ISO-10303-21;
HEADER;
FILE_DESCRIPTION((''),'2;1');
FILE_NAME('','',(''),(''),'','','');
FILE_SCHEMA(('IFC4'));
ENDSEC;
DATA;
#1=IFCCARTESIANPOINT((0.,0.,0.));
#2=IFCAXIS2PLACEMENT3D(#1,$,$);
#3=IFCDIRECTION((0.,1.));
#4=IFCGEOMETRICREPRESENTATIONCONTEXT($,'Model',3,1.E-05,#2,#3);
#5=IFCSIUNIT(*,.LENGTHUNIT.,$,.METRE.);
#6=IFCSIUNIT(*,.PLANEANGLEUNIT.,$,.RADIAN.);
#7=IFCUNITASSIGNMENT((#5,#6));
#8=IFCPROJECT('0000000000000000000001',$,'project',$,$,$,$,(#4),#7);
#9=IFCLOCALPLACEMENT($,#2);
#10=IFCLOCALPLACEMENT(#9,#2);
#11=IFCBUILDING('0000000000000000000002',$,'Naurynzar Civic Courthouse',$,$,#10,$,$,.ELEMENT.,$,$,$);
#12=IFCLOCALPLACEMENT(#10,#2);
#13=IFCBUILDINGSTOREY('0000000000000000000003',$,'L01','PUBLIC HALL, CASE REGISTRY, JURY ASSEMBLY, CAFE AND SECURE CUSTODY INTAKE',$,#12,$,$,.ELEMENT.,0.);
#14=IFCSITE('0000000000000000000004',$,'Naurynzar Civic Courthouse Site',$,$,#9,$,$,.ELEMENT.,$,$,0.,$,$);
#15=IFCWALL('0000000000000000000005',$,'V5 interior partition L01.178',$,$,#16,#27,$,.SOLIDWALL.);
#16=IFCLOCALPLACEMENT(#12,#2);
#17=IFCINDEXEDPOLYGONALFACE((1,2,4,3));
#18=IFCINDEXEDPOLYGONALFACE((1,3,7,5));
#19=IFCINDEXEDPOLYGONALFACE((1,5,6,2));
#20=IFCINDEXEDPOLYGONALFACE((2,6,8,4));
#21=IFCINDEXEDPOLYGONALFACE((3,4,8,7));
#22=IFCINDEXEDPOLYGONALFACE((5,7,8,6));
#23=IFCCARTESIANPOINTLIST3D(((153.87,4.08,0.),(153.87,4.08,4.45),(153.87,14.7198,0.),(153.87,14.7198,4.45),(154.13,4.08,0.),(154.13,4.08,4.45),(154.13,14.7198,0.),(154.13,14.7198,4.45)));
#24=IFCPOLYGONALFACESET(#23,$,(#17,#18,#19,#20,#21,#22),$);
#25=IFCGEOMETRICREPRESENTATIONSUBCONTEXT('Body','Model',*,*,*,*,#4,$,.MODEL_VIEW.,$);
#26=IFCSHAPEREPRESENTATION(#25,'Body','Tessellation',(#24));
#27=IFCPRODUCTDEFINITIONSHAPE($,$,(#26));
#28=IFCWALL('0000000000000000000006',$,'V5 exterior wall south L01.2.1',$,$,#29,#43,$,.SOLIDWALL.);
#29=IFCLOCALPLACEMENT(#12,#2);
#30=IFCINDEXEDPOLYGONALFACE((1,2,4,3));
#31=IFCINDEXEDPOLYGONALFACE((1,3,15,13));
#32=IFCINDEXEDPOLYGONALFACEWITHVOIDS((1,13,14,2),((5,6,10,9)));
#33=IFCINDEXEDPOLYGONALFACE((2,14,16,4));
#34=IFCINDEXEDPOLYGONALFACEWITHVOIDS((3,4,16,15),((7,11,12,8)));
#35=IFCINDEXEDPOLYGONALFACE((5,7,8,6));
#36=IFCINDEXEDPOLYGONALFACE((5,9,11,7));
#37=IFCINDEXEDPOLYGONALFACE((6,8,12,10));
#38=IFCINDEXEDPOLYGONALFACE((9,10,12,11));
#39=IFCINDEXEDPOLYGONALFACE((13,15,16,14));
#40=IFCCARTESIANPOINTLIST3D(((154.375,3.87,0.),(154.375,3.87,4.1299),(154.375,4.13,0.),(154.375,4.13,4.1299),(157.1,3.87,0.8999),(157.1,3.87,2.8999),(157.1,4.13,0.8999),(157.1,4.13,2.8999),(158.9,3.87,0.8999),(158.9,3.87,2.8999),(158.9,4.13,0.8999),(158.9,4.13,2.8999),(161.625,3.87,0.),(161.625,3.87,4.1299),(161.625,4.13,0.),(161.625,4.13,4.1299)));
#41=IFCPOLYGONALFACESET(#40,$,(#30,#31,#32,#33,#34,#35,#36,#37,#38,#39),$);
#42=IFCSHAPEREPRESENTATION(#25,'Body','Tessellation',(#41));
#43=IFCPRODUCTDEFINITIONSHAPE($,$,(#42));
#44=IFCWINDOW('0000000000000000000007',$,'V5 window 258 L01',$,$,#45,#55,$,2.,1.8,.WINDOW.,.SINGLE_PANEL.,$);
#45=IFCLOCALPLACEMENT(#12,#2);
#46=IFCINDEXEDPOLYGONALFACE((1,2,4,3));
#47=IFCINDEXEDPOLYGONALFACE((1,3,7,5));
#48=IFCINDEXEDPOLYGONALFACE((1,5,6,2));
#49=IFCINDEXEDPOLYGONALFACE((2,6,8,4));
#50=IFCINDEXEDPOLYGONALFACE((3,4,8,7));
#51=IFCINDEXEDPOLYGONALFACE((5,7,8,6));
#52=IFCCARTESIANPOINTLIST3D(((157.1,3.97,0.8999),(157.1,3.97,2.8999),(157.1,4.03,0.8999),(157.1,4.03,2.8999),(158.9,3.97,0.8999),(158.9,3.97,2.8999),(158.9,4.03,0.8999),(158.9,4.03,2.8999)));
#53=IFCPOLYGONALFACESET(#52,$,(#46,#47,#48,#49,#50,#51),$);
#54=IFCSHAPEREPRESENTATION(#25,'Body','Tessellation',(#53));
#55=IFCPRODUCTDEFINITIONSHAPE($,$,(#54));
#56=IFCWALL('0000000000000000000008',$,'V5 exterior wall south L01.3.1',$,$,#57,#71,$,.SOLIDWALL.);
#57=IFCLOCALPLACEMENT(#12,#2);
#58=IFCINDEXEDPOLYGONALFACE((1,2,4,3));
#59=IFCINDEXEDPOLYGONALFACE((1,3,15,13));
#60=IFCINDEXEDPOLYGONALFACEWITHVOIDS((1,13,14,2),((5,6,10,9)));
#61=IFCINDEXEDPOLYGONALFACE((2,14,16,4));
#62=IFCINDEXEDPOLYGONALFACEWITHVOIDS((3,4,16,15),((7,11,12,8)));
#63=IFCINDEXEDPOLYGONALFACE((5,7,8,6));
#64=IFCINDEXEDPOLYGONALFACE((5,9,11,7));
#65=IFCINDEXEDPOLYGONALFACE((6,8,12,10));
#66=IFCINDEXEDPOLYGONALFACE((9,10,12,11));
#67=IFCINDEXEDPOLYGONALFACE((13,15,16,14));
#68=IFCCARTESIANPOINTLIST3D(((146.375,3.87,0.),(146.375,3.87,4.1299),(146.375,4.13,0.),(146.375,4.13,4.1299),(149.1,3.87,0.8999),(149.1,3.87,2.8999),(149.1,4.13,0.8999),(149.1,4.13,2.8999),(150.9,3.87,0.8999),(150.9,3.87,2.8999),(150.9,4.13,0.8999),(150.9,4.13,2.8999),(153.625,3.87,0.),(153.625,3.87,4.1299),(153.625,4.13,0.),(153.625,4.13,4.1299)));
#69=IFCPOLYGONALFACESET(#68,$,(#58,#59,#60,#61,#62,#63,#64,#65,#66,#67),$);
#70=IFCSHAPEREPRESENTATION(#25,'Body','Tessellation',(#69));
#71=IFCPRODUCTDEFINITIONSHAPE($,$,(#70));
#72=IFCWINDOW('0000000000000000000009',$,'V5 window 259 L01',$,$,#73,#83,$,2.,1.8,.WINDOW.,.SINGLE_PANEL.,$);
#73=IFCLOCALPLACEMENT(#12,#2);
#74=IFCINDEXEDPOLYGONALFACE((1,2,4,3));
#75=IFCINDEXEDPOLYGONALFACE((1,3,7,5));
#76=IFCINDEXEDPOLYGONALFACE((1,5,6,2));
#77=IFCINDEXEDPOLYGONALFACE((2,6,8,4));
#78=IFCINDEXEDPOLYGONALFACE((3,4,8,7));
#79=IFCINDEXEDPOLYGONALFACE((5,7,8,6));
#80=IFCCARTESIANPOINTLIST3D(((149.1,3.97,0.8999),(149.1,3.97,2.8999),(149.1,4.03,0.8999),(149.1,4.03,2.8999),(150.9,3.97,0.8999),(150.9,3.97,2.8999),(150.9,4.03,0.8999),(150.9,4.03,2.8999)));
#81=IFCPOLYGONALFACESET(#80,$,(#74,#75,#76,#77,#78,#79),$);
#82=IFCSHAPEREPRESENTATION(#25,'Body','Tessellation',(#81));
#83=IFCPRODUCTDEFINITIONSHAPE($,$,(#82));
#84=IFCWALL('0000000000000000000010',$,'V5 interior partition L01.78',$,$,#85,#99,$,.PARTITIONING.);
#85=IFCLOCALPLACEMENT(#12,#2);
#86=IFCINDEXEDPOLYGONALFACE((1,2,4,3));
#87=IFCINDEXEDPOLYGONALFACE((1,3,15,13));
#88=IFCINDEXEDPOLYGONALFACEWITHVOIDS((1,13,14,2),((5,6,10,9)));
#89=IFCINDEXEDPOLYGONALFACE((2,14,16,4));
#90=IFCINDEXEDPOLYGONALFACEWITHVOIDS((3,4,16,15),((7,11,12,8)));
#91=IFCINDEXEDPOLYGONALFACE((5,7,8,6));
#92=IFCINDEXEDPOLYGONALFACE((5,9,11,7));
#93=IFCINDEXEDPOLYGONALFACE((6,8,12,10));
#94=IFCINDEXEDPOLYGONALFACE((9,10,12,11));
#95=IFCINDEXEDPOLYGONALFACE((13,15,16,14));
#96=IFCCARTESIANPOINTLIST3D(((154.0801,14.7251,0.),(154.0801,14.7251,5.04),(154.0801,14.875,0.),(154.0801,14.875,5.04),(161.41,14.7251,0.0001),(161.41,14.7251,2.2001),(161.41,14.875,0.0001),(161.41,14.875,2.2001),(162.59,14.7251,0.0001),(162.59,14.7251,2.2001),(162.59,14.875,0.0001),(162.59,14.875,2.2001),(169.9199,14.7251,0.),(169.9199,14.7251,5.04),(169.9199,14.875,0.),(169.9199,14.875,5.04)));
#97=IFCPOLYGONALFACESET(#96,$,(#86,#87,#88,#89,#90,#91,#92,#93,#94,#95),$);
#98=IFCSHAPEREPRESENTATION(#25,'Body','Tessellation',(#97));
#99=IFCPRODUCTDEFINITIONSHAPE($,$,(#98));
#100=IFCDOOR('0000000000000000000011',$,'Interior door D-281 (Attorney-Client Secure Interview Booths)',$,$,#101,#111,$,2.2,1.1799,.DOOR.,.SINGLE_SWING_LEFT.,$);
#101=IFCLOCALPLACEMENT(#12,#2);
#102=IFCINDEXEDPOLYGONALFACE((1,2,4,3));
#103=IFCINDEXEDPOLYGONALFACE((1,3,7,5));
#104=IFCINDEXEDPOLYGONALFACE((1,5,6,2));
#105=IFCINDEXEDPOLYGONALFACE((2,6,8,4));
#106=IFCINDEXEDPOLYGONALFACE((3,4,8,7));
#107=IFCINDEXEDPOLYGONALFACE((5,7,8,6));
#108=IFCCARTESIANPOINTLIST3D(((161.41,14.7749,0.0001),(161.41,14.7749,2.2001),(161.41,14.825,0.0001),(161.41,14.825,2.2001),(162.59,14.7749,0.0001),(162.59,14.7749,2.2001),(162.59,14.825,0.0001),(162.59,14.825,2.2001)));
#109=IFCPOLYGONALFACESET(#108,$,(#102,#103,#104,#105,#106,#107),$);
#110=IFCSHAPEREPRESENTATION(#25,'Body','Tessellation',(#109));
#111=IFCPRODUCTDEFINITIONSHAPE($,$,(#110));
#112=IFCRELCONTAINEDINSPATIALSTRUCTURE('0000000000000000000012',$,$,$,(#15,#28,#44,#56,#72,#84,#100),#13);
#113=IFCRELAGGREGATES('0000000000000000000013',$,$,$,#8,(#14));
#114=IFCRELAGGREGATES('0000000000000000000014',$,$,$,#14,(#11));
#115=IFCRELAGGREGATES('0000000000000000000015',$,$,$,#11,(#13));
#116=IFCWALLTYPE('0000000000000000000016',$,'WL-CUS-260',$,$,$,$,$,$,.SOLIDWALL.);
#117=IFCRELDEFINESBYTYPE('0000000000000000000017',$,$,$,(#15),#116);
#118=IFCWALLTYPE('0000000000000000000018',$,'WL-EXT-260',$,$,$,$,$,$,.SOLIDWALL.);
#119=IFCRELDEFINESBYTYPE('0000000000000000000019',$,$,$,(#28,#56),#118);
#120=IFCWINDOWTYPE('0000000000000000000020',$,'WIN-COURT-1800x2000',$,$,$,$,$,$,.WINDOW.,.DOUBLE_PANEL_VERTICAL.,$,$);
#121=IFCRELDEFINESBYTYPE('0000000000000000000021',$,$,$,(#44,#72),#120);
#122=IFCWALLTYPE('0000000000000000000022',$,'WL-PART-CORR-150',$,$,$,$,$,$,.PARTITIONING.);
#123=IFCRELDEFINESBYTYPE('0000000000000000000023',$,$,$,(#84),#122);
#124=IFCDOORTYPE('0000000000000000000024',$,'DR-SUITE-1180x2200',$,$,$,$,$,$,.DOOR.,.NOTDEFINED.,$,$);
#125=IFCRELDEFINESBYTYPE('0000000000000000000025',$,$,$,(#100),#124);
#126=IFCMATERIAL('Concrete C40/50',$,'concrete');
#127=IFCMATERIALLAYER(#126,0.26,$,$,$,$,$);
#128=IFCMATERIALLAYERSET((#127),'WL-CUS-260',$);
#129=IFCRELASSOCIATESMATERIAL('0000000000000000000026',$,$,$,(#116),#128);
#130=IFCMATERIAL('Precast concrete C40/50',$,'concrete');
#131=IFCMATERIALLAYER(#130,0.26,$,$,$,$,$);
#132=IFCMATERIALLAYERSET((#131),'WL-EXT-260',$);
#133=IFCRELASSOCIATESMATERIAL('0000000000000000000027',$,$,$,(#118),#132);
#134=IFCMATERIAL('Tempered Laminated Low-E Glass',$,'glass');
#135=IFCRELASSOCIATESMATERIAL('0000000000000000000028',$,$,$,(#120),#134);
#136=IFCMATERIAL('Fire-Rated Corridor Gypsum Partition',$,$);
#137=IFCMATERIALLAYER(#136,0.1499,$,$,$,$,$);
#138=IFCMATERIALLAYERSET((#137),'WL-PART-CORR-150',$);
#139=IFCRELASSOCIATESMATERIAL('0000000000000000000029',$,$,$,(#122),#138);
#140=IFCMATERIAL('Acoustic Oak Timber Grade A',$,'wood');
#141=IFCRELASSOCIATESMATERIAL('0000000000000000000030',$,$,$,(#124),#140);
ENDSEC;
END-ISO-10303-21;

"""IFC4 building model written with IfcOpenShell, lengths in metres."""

from ifc_helpers import new_model, si_unit, direction, frame, frame_2d, origin, place, context, subcontext, project, spatial, rectangle, extrude, material, layer, layer_set, type_object, element, fill, save


model = new_model("IFC4")

# Units and contexts
model_context = context("Model", 3, precision=1e-05, world=origin(), true_north=direction((0.0, 1.0)))
body_context = subcontext(model_context, "Body", "Model", "MODEL_VIEW")
ifc_project = project(units=[si_unit("LENGTHUNIT", "METRE"), si_unit("PLANEANGLEUNIT", "RADIAN")], contexts=[model_context])

# Site, building, storey
site_placement = place(None, origin())
site = spatial("IfcSite", under=ifc_project, at=site_placement, Name="Naurynzar Civic Courthouse Site", CompositionType="ELEMENT", RefElevation=0.0)
building_placement = place(site_placement, origin())
building = spatial("IfcBuilding", under=site, at=building_placement, Name="Naurynzar Civic Courthouse", CompositionType="ELEMENT")
storey_placement = place(building_placement, origin())
storey = spatial("IfcBuildingStorey", under=building, at=storey_placement, Name="L01", Description="PUBLIC HALL, CASE REGISTRY, JURY ASSEMBLY, CAFE AND SECURE CUSTODY INTAKE", CompositionType="ELEMENT", Elevation=0.0)

# Wall
ifc_material_1 = material(Name="Concrete C40/50", Category="concrete")
ifc_layer_1 = layer(ifc_material_1, 0.26)
ifc_layer_set_1 = layer_set([ifc_layer_1], Name="WL-CUS-260")
wall_type_1 = type_object("IfcWallType", Name="WL-CUS-260", PredefinedType="SOLIDWALL", material=ifc_layer_set_1)
wall_1_placement = place(storey_placement, frame((154.0, 4.0801, 0.0), z_axis=(0.0, 0.0, 1.0), x_axis=(0.0, 1.0, 0.0)))
element("IfcWall", 1, at=wall_1_placement, inside=storey, type_object=wall_type_1, Name="V5 interior partition L01.178", PredefinedType="SOLIDWALL", context=body_context, shape_type="SweptSolid", body=[
    extrude(rectangle(XDim=10.6399, YDim=0.26, at=frame_2d((5.3198, 0.0))), origin(), (0.0, 0.0, 1.0), 4.45),
])

# Walls, openings, windows
ifc_material_2 = material(Name="Precast concrete C40/50", Category="concrete")
ifc_layer_2 = layer(ifc_material_2, 0.26)
ifc_layer_set_2 = layer_set([ifc_layer_2], Name="WL-EXT-260")
wall_type_2 = type_object("IfcWallType", Name="WL-EXT-260", PredefinedType="SOLIDWALL", material=ifc_layer_set_2)
wall_2_placement = place(storey_placement, frame((161.625, 4.0, 0.0), z_axis=(0.0, 0.0, 1.0), x_axis=(-1.0, 0.0, 0.0)))
wall_2 = element("IfcWall", 2, at=wall_2_placement, inside=storey, type_object=wall_type_2, Name="V5 exterior wall south L01.2.1", PredefinedType="SOLIDWALL", context=body_context, shape_type="SweptSolid", body=[
    extrude(rectangle(XDim=7.25, YDim=0.26, at=frame_2d((3.625, 0.0))), origin(), (0.0, 0.0, 1.0), 4.1299),
])
opening_1_placement = place(wall_2_placement, frame((2.7251, 0.0, 0.8999)))
opening_1 = element("IfcOpeningElement", 3, at=opening_1_placement, cuts=wall_2, PredefinedType="OPENING", context=body_context, shape_type="SweptSolid", body=[
    extrude(rectangle(XDim=1.8, YDim=2.0, at=frame_2d((0.8999, 1.0))), frame((0.0, 0.1399, 0.0), z_axis=(0.0, -1.0, 0.0), x_axis=(1.0, 0.0, 0.0)), (0.0, 0.0, 1.0), 0.28),
])
ifc_material_3 = material(Name="Tempered Laminated Low-E Glass", Category="glass")
window_type = type_object("IfcWindowType", Name="WIN-COURT-1800x2000", PartitioningType="DOUBLE_PANEL_VERTICAL", PredefinedType="WINDOW", material=ifc_material_3)
window_1_placement = place(opening_1_placement, origin())
window_1 = element("IfcWindow", 4, at=window_1_placement, inside=storey, type_object=window_type, Name="V5 window 258 L01", OverallHeight=2.0, OverallWidth=1.8, PartitioningType="SINGLE_PANEL", PredefinedType="WINDOW", context=body_context, shape_type="SweptSolid", body=[
    extrude(rectangle(XDim=1.8, YDim=2.0, at=frame_2d((0.8999, 1.0))), frame((0.0, 0.03, 0.0), z_axis=(0.0, -1.0, 0.0), x_axis=(1.0, 0.0, 0.0)), (0.0, 0.0, 1.0), 0.0601),
])
fill(opening_1, window_1)
wall_3_placement = place(storey_placement, frame((153.625, 4.0, 0.0), z_axis=(0.0, 0.0, 1.0), x_axis=(-1.0, 0.0, 0.0)))
wall_3 = element("IfcWall", 5, at=wall_3_placement, inside=storey, type_object=wall_type_2, Name="V5 exterior wall south L01.3.1", PredefinedType="SOLIDWALL", context=body_context, shape_type="SweptSolid", body=[
    extrude(rectangle(XDim=7.25, YDim=0.26, at=frame_2d((3.625, 0.0))), origin(), (0.0, 0.0, 1.0), 4.1299),
])
opening_2_placement = place(wall_3_placement, frame((2.7251, 0.0, 0.8999)))
opening_2 = element("IfcOpeningElement", 6, at=opening_2_placement, cuts=wall_3, PredefinedType="OPENING", context=body_context, shape_type="SweptSolid", body=[
    extrude(rectangle(XDim=1.8, YDim=2.0, at=frame_2d((0.8999, 1.0))), frame((0.0, 0.1399, 0.0), z_axis=(0.0, -1.0, 0.0), x_axis=(1.0, 0.0, 0.0)), (0.0, 0.0, 1.0), 0.28),
])
window_2_placement = place(opening_2_placement, origin())
window_2 = element("IfcWindow", 7, at=window_2_placement, inside=storey, type_object=window_type, Name="V5 window 259 L01", OverallHeight=2.0, OverallWidth=1.8, PartitioningType="SINGLE_PANEL", PredefinedType="WINDOW", context=body_context, shape_type="SweptSolid", body=[
    extrude(rectangle(XDim=1.8, YDim=2.0, at=frame_2d((0.8999, 1.0))), frame((0.0, 0.03, 0.0), z_axis=(0.0, -1.0, 0.0), x_axis=(1.0, 0.0, 0.0)), (0.0, 0.0, 1.0), 0.0601),
])
fill(opening_2, window_2)

# Wall, opening, door
ifc_material_4 = material(Name="Fire-Rated Corridor Gypsum Partition")
ifc_layer_3 = layer(ifc_material_4, 0.1499)
ifc_layer_set_3 = layer_set([ifc_layer_3], Name="WL-PART-CORR-150")
wall_type_3 = type_object("IfcWallType", Name="WL-PART-CORR-150", PredefinedType="PARTITIONING", material=ifc_layer_set_3)
wall_4_placement = place(storey_placement, frame((154.0801, 14.8, 0.0), z_axis=(0.0, 0.0, 1.0), x_axis=(1.0, 0.0, 0.0)))
wall_4 = element("IfcWall", 8, at=wall_4_placement, inside=storey, type_object=wall_type_3, Name="V5 interior partition L01.78", PredefinedType="PARTITIONING", context=body_context, shape_type="SweptSolid", body=[
    extrude(rectangle(XDim=15.8398, YDim=0.1499, at=frame_2d((7.9199, 0.0))), origin(), (0.0, 0.0, 1.0), 5.04),
])
opening_3_placement = place(wall_4_placement, frame((7.3301, 0.0, 0.0)))
opening_3 = element("IfcOpeningElement", 9, at=opening_3_placement, cuts=wall_4, PredefinedType="OPENING", context=body_context, shape_type="SweptSolid", body=[
    extrude(rectangle(XDim=1.1799, YDim=2.2, at=frame_2d((0.5898, 1.1001))), frame((0.0, 0.085, 0.0), z_axis=(0.0, -1.0, 0.0), x_axis=(1.0, 0.0, 0.0)), (0.0, 0.0, 1.0), 0.1699),
])
ifc_material_5 = material(Name="Acoustic Oak Timber Grade A", Category="wood")
door_type = type_object("IfcDoorType", Name="DR-SUITE-1180x2200", OperationType="NOTDEFINED", PredefinedType="DOOR", material=ifc_material_5)
door_placement = place(opening_3_placement, origin())
door = element("IfcDoor", 10, at=door_placement, inside=storey, type_object=door_type, Name="Interior door D-281 (Attorney-Client Secure Interview Booths)", OperationType="SINGLE_SWING_LEFT", OverallHeight=2.2, OverallWidth=1.1799, PredefinedType="DOOR", context=body_context, shape_type="SweptSolid", body=[
    extrude(rectangle(XDim=1.1799, YDim=2.2, at=frame_2d((0.5898, 1.1001))), frame((0.0, 0.0249, 0.0), z_axis=(0.0, -1.0, 0.0), x_axis=(1.0, 0.0, 0.0)), (0.0, 0.0, 1.0), 0.05),
])
fill(opening_3, door)

save(model, "model.ifc")
